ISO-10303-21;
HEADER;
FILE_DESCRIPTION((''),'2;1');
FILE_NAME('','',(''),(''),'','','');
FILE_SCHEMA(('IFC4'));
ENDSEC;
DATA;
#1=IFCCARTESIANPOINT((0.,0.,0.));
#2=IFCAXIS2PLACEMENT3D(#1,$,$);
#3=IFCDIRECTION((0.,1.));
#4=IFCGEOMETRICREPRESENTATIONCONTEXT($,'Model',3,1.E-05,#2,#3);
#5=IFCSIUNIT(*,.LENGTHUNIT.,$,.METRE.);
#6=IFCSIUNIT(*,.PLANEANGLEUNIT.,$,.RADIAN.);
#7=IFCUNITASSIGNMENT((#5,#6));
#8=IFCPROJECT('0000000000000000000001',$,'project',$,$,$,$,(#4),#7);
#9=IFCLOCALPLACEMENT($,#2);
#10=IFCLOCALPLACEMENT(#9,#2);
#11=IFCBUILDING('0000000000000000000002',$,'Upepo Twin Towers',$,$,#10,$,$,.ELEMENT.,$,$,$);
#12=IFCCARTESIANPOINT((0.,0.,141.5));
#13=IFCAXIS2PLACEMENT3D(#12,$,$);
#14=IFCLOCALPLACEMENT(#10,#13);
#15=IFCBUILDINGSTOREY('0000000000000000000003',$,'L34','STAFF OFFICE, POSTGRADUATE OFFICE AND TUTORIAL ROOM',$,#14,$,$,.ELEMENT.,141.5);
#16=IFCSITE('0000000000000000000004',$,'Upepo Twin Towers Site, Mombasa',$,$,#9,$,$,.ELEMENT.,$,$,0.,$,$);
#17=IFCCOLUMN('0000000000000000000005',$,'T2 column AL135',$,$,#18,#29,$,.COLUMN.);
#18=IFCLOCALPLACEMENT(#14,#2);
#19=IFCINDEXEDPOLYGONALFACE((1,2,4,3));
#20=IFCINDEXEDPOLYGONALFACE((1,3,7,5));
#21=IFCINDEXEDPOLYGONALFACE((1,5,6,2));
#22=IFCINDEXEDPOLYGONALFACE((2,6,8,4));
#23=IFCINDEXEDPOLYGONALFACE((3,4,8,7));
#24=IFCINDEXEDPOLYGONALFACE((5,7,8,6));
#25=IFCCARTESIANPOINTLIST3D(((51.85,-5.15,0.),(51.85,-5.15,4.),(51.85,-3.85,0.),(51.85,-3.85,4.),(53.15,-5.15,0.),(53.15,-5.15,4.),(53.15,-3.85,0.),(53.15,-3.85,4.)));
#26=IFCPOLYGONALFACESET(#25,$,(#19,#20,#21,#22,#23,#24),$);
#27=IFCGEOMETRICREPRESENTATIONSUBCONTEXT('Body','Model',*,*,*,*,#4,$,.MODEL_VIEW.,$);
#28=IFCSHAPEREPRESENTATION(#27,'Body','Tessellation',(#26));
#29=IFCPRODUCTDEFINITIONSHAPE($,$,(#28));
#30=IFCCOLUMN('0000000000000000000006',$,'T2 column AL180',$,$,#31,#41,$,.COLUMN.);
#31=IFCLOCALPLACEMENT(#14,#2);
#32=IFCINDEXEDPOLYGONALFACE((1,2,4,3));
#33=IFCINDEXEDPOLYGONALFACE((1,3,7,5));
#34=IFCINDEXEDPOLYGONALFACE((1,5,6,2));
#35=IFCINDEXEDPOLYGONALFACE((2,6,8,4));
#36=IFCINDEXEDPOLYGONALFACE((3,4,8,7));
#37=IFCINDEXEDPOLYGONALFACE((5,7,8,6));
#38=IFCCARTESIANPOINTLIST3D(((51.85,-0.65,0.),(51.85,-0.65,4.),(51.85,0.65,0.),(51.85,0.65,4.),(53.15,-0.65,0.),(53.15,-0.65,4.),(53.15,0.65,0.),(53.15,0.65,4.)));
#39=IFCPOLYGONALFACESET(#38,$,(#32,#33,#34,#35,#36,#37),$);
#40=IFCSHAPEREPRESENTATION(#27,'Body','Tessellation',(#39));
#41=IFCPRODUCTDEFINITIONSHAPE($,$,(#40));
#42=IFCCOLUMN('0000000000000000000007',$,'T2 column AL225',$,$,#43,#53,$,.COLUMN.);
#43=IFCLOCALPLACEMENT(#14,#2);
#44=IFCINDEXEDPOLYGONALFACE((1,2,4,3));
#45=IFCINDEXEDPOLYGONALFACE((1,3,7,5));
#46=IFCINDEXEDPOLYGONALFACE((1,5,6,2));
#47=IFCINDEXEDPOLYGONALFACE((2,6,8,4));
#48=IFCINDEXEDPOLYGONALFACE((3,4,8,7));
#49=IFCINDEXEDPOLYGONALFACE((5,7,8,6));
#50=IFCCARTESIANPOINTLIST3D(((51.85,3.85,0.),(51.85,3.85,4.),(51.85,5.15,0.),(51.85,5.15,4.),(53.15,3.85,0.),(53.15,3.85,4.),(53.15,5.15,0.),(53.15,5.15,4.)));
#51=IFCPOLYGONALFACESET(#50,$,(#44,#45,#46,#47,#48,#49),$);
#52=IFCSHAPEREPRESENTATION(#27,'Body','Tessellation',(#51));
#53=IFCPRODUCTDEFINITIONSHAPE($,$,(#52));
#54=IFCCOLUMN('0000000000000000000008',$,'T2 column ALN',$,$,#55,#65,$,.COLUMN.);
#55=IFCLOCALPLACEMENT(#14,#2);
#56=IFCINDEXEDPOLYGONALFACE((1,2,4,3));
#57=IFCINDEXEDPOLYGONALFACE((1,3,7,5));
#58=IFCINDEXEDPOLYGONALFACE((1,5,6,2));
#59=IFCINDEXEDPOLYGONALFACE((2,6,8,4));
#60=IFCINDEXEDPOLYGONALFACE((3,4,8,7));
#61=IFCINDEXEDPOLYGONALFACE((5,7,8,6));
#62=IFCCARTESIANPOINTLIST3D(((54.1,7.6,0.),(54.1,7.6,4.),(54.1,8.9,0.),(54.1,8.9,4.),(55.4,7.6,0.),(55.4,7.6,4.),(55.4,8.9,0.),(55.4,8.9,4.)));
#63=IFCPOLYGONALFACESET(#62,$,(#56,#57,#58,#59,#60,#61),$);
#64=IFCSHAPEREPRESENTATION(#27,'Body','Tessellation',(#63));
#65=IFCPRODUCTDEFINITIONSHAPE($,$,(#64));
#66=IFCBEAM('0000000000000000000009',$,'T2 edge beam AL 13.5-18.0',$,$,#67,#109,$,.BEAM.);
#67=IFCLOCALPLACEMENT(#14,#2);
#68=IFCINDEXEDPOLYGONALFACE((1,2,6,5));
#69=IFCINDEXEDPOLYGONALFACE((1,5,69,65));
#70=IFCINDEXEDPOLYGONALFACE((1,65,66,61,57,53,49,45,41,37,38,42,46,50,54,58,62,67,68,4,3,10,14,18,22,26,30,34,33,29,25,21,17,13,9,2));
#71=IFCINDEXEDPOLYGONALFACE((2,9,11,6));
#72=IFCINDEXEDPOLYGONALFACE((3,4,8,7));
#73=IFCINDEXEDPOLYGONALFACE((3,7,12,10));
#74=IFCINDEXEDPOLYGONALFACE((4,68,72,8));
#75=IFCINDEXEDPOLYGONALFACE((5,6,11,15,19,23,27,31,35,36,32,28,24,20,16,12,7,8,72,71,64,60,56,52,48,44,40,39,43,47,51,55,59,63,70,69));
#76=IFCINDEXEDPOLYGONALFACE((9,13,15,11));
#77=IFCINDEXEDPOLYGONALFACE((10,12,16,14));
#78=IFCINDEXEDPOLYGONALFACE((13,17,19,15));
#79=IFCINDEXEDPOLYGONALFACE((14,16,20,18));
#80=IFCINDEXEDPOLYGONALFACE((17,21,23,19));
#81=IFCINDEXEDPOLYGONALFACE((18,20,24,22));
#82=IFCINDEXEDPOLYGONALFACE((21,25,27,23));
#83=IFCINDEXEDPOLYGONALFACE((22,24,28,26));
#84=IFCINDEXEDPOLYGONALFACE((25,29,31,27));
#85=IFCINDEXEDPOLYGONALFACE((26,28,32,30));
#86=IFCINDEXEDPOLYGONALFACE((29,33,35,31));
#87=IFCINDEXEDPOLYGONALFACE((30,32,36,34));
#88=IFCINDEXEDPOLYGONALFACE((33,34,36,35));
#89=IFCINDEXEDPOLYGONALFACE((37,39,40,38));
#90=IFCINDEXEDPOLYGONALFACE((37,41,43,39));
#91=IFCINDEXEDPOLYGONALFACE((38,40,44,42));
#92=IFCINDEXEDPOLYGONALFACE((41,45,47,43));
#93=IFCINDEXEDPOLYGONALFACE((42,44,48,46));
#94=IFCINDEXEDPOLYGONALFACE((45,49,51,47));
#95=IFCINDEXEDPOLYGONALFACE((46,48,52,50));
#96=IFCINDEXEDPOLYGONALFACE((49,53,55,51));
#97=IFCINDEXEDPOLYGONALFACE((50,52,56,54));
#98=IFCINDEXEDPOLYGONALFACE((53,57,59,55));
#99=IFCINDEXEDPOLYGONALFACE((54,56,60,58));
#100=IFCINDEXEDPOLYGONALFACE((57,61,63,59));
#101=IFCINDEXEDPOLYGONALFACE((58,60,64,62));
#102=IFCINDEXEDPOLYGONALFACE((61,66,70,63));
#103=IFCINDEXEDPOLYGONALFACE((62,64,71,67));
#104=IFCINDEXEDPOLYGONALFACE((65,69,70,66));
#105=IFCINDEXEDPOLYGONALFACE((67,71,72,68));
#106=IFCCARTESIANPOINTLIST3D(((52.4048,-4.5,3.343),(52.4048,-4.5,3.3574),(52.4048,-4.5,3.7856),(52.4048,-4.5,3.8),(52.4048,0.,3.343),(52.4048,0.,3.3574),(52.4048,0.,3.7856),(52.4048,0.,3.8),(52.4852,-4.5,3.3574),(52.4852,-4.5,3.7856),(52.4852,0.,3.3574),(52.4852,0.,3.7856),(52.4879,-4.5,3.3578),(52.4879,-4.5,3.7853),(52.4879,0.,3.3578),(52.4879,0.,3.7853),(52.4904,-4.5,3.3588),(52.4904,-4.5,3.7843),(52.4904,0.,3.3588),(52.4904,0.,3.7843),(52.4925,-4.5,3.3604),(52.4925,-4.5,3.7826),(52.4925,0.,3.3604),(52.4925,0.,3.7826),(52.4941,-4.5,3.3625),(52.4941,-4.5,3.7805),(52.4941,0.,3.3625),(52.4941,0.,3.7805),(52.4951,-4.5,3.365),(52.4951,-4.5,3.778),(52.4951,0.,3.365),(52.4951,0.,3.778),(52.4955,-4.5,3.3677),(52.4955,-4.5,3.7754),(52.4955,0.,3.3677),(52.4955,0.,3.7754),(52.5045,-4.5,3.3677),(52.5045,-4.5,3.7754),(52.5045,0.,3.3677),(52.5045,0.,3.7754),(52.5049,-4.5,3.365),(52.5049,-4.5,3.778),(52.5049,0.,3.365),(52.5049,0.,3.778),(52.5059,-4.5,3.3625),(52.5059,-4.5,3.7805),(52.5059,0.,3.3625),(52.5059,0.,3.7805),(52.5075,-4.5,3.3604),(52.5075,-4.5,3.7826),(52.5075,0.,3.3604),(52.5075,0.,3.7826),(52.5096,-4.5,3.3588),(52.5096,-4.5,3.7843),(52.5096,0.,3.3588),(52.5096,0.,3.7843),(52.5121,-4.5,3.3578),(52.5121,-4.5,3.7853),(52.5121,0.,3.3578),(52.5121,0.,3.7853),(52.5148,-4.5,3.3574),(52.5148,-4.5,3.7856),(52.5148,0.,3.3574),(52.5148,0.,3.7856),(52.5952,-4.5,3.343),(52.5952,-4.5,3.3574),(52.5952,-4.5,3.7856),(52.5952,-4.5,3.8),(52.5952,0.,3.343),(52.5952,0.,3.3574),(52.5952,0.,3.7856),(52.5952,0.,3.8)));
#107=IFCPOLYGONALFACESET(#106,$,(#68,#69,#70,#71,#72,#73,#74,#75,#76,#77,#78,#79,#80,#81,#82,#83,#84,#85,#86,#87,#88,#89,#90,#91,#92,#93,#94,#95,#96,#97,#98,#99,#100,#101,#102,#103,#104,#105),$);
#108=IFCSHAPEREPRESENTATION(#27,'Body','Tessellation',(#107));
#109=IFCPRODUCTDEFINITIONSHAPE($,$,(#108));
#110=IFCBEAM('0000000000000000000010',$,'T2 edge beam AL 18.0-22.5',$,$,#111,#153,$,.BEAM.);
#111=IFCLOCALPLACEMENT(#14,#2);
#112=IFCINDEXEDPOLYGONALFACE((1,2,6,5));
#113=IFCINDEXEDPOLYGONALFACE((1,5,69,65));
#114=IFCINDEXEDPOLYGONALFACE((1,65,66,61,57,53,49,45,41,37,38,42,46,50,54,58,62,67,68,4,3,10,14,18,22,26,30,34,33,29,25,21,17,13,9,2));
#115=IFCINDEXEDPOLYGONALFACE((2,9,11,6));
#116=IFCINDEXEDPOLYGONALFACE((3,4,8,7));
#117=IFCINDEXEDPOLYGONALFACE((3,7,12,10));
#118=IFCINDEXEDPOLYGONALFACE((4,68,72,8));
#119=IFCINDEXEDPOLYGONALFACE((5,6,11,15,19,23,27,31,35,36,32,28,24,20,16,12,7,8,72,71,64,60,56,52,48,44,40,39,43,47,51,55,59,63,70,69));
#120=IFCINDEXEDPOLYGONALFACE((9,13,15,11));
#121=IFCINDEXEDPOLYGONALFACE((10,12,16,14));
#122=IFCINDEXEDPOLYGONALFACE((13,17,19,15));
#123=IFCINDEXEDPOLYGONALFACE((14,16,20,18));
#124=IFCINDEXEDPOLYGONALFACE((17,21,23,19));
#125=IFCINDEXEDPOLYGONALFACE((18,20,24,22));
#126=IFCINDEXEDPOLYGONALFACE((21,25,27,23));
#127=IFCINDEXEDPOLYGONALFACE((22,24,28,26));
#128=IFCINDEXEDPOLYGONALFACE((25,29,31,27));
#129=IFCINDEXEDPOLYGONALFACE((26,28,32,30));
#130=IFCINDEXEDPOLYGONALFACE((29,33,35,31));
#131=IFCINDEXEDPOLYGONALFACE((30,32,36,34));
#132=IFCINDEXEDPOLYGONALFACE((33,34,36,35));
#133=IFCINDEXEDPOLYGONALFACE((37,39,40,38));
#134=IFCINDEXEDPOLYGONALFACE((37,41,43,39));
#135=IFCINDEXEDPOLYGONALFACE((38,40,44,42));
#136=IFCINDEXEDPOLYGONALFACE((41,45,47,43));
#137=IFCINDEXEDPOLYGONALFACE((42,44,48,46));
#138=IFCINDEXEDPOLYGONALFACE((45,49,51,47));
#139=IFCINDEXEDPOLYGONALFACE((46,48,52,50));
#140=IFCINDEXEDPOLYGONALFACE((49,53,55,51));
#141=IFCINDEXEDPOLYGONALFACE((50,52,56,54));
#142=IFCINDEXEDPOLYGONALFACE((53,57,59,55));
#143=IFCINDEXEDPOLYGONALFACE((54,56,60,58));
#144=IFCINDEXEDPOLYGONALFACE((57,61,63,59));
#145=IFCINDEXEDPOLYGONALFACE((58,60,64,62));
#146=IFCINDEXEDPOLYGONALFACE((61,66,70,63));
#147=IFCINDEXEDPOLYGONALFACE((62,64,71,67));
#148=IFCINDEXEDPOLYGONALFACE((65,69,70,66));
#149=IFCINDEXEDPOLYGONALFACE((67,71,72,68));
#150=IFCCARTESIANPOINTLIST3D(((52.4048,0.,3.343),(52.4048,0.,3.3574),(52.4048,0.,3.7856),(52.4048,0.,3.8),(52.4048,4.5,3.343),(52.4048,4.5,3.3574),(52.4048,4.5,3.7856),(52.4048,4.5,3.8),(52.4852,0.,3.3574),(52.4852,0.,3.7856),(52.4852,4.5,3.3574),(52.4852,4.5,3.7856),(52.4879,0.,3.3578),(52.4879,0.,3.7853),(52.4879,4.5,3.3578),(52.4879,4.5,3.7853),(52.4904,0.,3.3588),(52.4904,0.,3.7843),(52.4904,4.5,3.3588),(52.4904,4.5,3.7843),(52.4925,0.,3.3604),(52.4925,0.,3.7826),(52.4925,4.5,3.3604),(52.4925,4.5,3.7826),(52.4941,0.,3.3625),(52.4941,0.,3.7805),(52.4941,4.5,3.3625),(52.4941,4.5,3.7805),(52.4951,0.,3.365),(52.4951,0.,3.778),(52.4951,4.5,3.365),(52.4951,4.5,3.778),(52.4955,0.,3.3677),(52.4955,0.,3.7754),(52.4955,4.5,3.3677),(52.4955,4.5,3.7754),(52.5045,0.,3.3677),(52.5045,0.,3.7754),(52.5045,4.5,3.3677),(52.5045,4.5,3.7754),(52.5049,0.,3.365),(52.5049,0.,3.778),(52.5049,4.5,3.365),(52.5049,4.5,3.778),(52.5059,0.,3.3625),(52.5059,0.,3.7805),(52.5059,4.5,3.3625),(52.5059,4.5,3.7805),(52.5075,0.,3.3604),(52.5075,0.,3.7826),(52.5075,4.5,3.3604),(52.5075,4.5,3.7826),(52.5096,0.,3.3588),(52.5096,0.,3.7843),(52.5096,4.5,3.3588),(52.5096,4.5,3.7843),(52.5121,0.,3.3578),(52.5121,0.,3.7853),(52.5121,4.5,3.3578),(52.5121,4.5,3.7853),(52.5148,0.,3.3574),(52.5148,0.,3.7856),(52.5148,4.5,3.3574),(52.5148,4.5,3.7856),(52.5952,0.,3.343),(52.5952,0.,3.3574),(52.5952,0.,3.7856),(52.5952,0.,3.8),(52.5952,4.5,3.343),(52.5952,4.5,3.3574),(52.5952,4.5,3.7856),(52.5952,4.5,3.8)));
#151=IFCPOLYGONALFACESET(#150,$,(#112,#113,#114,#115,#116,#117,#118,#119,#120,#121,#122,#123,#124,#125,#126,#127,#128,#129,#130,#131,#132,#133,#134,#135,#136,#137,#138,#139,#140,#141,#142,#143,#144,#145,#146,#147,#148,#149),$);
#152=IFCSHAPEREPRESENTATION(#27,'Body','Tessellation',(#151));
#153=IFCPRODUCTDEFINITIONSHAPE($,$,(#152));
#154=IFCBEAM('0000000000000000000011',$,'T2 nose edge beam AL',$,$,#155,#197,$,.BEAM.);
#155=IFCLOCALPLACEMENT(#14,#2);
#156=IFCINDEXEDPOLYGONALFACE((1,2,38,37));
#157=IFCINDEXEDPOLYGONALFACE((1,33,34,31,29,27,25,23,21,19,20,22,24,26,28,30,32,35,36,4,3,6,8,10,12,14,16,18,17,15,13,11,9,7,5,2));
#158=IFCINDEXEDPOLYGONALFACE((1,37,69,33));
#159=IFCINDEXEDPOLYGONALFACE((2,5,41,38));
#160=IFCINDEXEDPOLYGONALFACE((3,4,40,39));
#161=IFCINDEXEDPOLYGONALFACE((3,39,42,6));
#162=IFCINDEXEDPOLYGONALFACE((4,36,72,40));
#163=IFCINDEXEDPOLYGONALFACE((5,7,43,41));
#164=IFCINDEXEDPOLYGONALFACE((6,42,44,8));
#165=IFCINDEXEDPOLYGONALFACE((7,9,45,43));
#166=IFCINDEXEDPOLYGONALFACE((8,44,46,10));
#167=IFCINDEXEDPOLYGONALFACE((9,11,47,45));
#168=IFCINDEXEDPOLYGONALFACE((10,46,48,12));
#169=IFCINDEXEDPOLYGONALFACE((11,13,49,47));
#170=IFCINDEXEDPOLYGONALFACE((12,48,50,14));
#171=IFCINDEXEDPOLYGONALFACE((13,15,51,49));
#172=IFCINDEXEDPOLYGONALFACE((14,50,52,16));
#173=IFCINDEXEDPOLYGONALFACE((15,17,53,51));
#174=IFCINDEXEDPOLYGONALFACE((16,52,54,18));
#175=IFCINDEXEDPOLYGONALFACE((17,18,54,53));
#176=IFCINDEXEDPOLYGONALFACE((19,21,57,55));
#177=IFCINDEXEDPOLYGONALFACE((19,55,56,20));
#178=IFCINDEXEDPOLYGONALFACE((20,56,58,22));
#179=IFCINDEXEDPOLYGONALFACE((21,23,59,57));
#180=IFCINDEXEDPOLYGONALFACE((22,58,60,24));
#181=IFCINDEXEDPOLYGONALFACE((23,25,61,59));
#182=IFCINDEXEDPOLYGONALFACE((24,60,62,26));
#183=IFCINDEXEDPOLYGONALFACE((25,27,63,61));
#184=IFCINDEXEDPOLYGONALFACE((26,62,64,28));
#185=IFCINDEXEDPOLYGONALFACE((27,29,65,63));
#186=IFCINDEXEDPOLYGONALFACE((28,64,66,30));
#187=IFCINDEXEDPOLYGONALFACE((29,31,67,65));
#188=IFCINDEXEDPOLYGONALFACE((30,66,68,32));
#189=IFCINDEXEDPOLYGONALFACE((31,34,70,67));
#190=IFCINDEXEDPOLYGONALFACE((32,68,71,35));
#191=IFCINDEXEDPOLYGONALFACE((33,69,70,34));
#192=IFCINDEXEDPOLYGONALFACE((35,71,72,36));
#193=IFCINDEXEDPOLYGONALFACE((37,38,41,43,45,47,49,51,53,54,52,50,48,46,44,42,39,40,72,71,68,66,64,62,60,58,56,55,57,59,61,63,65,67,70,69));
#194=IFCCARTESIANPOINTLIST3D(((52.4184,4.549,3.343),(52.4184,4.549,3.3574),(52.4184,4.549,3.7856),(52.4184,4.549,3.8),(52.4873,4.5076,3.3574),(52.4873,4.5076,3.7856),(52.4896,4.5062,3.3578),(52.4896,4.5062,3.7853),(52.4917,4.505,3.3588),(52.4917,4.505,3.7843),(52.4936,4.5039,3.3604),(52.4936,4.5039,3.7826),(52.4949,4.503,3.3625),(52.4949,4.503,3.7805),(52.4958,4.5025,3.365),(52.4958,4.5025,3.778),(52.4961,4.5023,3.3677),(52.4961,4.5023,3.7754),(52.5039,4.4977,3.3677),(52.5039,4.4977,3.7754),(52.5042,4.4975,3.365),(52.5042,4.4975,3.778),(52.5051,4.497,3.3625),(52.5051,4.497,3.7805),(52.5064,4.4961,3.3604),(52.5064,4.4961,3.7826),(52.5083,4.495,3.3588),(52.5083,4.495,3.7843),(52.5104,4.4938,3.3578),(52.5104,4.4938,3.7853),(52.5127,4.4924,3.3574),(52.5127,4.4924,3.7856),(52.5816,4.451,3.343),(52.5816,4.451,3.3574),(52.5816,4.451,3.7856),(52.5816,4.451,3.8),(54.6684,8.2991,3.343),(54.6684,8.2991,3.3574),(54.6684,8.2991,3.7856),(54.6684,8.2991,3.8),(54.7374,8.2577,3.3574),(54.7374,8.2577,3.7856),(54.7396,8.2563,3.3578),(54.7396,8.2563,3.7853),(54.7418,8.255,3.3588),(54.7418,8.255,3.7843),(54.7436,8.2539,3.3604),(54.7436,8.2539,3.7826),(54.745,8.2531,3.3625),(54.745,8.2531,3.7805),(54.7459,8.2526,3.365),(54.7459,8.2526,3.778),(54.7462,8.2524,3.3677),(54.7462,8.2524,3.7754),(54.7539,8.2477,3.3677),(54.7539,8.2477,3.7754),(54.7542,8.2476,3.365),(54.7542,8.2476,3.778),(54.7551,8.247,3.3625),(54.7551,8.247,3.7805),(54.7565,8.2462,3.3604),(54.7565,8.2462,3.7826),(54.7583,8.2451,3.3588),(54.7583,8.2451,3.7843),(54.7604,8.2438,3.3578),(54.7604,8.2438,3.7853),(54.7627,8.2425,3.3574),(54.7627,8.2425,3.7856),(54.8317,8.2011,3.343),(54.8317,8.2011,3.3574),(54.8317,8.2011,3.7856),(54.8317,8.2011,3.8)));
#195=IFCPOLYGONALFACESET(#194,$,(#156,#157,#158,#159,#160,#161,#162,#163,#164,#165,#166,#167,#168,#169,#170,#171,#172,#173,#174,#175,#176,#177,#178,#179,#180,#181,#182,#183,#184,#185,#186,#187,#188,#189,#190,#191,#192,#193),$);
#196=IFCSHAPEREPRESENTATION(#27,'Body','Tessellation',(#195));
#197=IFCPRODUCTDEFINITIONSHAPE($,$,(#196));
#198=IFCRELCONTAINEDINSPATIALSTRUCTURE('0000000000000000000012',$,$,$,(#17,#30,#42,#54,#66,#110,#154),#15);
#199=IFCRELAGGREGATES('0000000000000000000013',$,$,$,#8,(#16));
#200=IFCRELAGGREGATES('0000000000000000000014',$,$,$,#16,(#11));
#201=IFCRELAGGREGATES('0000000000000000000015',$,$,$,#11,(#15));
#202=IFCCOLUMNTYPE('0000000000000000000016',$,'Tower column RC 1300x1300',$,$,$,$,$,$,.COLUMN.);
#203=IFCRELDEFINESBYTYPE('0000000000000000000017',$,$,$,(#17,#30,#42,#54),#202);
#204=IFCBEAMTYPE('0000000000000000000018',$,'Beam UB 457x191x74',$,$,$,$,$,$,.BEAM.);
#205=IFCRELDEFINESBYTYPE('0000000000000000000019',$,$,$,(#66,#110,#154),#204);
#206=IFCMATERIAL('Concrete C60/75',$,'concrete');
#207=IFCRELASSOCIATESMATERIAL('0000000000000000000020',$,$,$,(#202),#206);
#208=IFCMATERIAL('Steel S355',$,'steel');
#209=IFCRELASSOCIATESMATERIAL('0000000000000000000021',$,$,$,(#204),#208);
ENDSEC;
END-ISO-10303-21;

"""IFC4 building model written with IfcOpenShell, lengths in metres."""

from ifc_helpers import new_model, si_unit, direction, frame, origin, origin_2d, place, context, subcontext, project, spatial, rectangle, i_section, extrude, material, material_profile, profile_set, type_object, element, save


model = new_model("IFC4")

# Units and contexts
model_context = context("Model", 3, precision=1e-05, world=origin(), true_north=direction((0.0, 1.0)))
body_context = subcontext(model_context, "Body", "Model", "MODEL_VIEW")
ifc_project = project(units=[si_unit("LENGTHUNIT", "METRE"), si_unit("PLANEANGLEUNIT", "RADIAN")], contexts=[model_context])

# Site, building, storey
site_placement = place(None, origin())
site = spatial("IfcSite", under=ifc_project, at=site_placement, Name="Upepo Twin Towers Site, Mombasa", CompositionType="ELEMENT", RefElevation=0.0)
building_placement = place(site_placement, origin())
building = spatial("IfcBuilding", under=site, at=building_placement, Name="Upepo Twin Towers", CompositionType="ELEMENT")
storey_placement = place(building_placement, frame((0.0, 0.0, 141.5)))
storey = spatial("IfcBuildingStorey", under=building, at=storey_placement, Name="L34", Description="STAFF OFFICE, POSTGRADUATE OFFICE AND TUTORIAL ROOM", CompositionType="ELEMENT", Elevation=141.5)

# Columns
ifc_material_1 = material(Name="Concrete C60/75", Category="concrete")
ifc_material_profile_1 = material_profile(ifc_material_1, rectangle(XDim=1.3, YDim=1.3, at=origin_2d()), Name="RC 1300x1300")
ifc_profile_set_1 = profile_set([ifc_material_profile_1], Name="Concrete C60/75")
column_type = type_object("IfcColumnType", Name="Tower column RC 1300x1300", PredefinedType="COLUMN", material=ifc_profile_set_1)
for number, where, z_axis, x_axis, name in (
    (1, (52.5, -4.5, 0.0), (0.0, 0.0, 1.0), (1.0, 0.0, 0.0), "T2 column AL135"),
    (2, (52.5, 0.0, 0.0), (0.0, 0.0, 1.0), (1.0, 0.0, 0.0), "T2 column AL180"),
    (3, (52.5, 4.5, 0.0), (0.0, 0.0, 1.0), (1.0, 0.0, 0.0), "T2 column AL225"),
    (4, (54.75, 8.25, 0.0), (0.0, 0.0, 1.0), (1.0, 0.0, 0.0), "T2 column ALN"),
):
    element("IfcColumn", number, at=place(storey_placement, frame(where, z_axis=z_axis, x_axis=x_axis)), inside=storey, type_object=column_type, Name=name, PredefinedType="COLUMN", context=body_context, shape_type="SweptSolid", body=[
        extrude(rectangle(XDim=1.3, YDim=1.3, at=origin_2d()), origin(), (0.0, 0.0, 1.0), 4.0),
    ])

# Beams
ifc_material_2 = material(Name="Steel S355", Category="steel")
ifc_material_profile_2 = material_profile(ifc_material_2, i_section(OverallWidth=0.1904, OverallDepth=0.457, WebThickness=0.009, FlangeThickness=0.0144, FilletRadius=0.0103, at=origin_2d()), Name="UB 457x191x74")
ifc_profile_set_2 = profile_set([ifc_material_profile_2], Name="Steel S355")
beam_type_1 = type_object("IfcBeamType", Name="Beam UB 457x191x74", PredefinedType="BEAM", material=ifc_profile_set_2)
for number, where, z_axis, x_axis, name in (
    (5, (52.5, -4.5, 3.5715), (0.0, 1.0, 0.0), (-1.0, 0.0, 0.0), "T2 edge beam AL 13.5-18.0"),
    (6, (52.5, 0.0, 3.5715), (0.0, 1.0, 0.0), (-1.0, 0.0, 0.0), "T2 edge beam AL 18.0-22.5"),
):
    element("IfcBeam", number, at=place(storey_placement, frame(where, z_axis=z_axis, x_axis=x_axis)), inside=storey, type_object=beam_type_1, Name=name, PredefinedType="BEAM", context=body_context, shape_type="SweptSolid", body=[
        extrude(i_section(OverallWidth=0.1904, OverallDepth=0.457, WebThickness=0.009, FlangeThickness=0.0144, FilletRadius=0.0103, at=origin_2d()), origin(), (0.0, 0.0, 1.0), 4.5),
    ])
beam_1_placement = place(storey_placement, frame((52.5, 4.5, 3.5715), z_axis=(0.514496, 0.857493, 0.0), x_axis=(-0.857493, 0.514496, 0.0)))
element("IfcBeam", 7, at=beam_1_placement, inside=storey, type_object=beam_type_1, Name="T2 nose edge beam AL", PredefinedType="BEAM", context=body_context, shape_type="SweptSolid", body=[
    extrude(i_section(OverallWidth=0.1904, OverallDepth=0.457, WebThickness=0.009, FlangeThickness=0.0144, FilletRadius=0.0103, at=origin_2d()), origin(), (0.0, 0.0, 1.0), 4.3733),
])

save(model, "model.ifc")
